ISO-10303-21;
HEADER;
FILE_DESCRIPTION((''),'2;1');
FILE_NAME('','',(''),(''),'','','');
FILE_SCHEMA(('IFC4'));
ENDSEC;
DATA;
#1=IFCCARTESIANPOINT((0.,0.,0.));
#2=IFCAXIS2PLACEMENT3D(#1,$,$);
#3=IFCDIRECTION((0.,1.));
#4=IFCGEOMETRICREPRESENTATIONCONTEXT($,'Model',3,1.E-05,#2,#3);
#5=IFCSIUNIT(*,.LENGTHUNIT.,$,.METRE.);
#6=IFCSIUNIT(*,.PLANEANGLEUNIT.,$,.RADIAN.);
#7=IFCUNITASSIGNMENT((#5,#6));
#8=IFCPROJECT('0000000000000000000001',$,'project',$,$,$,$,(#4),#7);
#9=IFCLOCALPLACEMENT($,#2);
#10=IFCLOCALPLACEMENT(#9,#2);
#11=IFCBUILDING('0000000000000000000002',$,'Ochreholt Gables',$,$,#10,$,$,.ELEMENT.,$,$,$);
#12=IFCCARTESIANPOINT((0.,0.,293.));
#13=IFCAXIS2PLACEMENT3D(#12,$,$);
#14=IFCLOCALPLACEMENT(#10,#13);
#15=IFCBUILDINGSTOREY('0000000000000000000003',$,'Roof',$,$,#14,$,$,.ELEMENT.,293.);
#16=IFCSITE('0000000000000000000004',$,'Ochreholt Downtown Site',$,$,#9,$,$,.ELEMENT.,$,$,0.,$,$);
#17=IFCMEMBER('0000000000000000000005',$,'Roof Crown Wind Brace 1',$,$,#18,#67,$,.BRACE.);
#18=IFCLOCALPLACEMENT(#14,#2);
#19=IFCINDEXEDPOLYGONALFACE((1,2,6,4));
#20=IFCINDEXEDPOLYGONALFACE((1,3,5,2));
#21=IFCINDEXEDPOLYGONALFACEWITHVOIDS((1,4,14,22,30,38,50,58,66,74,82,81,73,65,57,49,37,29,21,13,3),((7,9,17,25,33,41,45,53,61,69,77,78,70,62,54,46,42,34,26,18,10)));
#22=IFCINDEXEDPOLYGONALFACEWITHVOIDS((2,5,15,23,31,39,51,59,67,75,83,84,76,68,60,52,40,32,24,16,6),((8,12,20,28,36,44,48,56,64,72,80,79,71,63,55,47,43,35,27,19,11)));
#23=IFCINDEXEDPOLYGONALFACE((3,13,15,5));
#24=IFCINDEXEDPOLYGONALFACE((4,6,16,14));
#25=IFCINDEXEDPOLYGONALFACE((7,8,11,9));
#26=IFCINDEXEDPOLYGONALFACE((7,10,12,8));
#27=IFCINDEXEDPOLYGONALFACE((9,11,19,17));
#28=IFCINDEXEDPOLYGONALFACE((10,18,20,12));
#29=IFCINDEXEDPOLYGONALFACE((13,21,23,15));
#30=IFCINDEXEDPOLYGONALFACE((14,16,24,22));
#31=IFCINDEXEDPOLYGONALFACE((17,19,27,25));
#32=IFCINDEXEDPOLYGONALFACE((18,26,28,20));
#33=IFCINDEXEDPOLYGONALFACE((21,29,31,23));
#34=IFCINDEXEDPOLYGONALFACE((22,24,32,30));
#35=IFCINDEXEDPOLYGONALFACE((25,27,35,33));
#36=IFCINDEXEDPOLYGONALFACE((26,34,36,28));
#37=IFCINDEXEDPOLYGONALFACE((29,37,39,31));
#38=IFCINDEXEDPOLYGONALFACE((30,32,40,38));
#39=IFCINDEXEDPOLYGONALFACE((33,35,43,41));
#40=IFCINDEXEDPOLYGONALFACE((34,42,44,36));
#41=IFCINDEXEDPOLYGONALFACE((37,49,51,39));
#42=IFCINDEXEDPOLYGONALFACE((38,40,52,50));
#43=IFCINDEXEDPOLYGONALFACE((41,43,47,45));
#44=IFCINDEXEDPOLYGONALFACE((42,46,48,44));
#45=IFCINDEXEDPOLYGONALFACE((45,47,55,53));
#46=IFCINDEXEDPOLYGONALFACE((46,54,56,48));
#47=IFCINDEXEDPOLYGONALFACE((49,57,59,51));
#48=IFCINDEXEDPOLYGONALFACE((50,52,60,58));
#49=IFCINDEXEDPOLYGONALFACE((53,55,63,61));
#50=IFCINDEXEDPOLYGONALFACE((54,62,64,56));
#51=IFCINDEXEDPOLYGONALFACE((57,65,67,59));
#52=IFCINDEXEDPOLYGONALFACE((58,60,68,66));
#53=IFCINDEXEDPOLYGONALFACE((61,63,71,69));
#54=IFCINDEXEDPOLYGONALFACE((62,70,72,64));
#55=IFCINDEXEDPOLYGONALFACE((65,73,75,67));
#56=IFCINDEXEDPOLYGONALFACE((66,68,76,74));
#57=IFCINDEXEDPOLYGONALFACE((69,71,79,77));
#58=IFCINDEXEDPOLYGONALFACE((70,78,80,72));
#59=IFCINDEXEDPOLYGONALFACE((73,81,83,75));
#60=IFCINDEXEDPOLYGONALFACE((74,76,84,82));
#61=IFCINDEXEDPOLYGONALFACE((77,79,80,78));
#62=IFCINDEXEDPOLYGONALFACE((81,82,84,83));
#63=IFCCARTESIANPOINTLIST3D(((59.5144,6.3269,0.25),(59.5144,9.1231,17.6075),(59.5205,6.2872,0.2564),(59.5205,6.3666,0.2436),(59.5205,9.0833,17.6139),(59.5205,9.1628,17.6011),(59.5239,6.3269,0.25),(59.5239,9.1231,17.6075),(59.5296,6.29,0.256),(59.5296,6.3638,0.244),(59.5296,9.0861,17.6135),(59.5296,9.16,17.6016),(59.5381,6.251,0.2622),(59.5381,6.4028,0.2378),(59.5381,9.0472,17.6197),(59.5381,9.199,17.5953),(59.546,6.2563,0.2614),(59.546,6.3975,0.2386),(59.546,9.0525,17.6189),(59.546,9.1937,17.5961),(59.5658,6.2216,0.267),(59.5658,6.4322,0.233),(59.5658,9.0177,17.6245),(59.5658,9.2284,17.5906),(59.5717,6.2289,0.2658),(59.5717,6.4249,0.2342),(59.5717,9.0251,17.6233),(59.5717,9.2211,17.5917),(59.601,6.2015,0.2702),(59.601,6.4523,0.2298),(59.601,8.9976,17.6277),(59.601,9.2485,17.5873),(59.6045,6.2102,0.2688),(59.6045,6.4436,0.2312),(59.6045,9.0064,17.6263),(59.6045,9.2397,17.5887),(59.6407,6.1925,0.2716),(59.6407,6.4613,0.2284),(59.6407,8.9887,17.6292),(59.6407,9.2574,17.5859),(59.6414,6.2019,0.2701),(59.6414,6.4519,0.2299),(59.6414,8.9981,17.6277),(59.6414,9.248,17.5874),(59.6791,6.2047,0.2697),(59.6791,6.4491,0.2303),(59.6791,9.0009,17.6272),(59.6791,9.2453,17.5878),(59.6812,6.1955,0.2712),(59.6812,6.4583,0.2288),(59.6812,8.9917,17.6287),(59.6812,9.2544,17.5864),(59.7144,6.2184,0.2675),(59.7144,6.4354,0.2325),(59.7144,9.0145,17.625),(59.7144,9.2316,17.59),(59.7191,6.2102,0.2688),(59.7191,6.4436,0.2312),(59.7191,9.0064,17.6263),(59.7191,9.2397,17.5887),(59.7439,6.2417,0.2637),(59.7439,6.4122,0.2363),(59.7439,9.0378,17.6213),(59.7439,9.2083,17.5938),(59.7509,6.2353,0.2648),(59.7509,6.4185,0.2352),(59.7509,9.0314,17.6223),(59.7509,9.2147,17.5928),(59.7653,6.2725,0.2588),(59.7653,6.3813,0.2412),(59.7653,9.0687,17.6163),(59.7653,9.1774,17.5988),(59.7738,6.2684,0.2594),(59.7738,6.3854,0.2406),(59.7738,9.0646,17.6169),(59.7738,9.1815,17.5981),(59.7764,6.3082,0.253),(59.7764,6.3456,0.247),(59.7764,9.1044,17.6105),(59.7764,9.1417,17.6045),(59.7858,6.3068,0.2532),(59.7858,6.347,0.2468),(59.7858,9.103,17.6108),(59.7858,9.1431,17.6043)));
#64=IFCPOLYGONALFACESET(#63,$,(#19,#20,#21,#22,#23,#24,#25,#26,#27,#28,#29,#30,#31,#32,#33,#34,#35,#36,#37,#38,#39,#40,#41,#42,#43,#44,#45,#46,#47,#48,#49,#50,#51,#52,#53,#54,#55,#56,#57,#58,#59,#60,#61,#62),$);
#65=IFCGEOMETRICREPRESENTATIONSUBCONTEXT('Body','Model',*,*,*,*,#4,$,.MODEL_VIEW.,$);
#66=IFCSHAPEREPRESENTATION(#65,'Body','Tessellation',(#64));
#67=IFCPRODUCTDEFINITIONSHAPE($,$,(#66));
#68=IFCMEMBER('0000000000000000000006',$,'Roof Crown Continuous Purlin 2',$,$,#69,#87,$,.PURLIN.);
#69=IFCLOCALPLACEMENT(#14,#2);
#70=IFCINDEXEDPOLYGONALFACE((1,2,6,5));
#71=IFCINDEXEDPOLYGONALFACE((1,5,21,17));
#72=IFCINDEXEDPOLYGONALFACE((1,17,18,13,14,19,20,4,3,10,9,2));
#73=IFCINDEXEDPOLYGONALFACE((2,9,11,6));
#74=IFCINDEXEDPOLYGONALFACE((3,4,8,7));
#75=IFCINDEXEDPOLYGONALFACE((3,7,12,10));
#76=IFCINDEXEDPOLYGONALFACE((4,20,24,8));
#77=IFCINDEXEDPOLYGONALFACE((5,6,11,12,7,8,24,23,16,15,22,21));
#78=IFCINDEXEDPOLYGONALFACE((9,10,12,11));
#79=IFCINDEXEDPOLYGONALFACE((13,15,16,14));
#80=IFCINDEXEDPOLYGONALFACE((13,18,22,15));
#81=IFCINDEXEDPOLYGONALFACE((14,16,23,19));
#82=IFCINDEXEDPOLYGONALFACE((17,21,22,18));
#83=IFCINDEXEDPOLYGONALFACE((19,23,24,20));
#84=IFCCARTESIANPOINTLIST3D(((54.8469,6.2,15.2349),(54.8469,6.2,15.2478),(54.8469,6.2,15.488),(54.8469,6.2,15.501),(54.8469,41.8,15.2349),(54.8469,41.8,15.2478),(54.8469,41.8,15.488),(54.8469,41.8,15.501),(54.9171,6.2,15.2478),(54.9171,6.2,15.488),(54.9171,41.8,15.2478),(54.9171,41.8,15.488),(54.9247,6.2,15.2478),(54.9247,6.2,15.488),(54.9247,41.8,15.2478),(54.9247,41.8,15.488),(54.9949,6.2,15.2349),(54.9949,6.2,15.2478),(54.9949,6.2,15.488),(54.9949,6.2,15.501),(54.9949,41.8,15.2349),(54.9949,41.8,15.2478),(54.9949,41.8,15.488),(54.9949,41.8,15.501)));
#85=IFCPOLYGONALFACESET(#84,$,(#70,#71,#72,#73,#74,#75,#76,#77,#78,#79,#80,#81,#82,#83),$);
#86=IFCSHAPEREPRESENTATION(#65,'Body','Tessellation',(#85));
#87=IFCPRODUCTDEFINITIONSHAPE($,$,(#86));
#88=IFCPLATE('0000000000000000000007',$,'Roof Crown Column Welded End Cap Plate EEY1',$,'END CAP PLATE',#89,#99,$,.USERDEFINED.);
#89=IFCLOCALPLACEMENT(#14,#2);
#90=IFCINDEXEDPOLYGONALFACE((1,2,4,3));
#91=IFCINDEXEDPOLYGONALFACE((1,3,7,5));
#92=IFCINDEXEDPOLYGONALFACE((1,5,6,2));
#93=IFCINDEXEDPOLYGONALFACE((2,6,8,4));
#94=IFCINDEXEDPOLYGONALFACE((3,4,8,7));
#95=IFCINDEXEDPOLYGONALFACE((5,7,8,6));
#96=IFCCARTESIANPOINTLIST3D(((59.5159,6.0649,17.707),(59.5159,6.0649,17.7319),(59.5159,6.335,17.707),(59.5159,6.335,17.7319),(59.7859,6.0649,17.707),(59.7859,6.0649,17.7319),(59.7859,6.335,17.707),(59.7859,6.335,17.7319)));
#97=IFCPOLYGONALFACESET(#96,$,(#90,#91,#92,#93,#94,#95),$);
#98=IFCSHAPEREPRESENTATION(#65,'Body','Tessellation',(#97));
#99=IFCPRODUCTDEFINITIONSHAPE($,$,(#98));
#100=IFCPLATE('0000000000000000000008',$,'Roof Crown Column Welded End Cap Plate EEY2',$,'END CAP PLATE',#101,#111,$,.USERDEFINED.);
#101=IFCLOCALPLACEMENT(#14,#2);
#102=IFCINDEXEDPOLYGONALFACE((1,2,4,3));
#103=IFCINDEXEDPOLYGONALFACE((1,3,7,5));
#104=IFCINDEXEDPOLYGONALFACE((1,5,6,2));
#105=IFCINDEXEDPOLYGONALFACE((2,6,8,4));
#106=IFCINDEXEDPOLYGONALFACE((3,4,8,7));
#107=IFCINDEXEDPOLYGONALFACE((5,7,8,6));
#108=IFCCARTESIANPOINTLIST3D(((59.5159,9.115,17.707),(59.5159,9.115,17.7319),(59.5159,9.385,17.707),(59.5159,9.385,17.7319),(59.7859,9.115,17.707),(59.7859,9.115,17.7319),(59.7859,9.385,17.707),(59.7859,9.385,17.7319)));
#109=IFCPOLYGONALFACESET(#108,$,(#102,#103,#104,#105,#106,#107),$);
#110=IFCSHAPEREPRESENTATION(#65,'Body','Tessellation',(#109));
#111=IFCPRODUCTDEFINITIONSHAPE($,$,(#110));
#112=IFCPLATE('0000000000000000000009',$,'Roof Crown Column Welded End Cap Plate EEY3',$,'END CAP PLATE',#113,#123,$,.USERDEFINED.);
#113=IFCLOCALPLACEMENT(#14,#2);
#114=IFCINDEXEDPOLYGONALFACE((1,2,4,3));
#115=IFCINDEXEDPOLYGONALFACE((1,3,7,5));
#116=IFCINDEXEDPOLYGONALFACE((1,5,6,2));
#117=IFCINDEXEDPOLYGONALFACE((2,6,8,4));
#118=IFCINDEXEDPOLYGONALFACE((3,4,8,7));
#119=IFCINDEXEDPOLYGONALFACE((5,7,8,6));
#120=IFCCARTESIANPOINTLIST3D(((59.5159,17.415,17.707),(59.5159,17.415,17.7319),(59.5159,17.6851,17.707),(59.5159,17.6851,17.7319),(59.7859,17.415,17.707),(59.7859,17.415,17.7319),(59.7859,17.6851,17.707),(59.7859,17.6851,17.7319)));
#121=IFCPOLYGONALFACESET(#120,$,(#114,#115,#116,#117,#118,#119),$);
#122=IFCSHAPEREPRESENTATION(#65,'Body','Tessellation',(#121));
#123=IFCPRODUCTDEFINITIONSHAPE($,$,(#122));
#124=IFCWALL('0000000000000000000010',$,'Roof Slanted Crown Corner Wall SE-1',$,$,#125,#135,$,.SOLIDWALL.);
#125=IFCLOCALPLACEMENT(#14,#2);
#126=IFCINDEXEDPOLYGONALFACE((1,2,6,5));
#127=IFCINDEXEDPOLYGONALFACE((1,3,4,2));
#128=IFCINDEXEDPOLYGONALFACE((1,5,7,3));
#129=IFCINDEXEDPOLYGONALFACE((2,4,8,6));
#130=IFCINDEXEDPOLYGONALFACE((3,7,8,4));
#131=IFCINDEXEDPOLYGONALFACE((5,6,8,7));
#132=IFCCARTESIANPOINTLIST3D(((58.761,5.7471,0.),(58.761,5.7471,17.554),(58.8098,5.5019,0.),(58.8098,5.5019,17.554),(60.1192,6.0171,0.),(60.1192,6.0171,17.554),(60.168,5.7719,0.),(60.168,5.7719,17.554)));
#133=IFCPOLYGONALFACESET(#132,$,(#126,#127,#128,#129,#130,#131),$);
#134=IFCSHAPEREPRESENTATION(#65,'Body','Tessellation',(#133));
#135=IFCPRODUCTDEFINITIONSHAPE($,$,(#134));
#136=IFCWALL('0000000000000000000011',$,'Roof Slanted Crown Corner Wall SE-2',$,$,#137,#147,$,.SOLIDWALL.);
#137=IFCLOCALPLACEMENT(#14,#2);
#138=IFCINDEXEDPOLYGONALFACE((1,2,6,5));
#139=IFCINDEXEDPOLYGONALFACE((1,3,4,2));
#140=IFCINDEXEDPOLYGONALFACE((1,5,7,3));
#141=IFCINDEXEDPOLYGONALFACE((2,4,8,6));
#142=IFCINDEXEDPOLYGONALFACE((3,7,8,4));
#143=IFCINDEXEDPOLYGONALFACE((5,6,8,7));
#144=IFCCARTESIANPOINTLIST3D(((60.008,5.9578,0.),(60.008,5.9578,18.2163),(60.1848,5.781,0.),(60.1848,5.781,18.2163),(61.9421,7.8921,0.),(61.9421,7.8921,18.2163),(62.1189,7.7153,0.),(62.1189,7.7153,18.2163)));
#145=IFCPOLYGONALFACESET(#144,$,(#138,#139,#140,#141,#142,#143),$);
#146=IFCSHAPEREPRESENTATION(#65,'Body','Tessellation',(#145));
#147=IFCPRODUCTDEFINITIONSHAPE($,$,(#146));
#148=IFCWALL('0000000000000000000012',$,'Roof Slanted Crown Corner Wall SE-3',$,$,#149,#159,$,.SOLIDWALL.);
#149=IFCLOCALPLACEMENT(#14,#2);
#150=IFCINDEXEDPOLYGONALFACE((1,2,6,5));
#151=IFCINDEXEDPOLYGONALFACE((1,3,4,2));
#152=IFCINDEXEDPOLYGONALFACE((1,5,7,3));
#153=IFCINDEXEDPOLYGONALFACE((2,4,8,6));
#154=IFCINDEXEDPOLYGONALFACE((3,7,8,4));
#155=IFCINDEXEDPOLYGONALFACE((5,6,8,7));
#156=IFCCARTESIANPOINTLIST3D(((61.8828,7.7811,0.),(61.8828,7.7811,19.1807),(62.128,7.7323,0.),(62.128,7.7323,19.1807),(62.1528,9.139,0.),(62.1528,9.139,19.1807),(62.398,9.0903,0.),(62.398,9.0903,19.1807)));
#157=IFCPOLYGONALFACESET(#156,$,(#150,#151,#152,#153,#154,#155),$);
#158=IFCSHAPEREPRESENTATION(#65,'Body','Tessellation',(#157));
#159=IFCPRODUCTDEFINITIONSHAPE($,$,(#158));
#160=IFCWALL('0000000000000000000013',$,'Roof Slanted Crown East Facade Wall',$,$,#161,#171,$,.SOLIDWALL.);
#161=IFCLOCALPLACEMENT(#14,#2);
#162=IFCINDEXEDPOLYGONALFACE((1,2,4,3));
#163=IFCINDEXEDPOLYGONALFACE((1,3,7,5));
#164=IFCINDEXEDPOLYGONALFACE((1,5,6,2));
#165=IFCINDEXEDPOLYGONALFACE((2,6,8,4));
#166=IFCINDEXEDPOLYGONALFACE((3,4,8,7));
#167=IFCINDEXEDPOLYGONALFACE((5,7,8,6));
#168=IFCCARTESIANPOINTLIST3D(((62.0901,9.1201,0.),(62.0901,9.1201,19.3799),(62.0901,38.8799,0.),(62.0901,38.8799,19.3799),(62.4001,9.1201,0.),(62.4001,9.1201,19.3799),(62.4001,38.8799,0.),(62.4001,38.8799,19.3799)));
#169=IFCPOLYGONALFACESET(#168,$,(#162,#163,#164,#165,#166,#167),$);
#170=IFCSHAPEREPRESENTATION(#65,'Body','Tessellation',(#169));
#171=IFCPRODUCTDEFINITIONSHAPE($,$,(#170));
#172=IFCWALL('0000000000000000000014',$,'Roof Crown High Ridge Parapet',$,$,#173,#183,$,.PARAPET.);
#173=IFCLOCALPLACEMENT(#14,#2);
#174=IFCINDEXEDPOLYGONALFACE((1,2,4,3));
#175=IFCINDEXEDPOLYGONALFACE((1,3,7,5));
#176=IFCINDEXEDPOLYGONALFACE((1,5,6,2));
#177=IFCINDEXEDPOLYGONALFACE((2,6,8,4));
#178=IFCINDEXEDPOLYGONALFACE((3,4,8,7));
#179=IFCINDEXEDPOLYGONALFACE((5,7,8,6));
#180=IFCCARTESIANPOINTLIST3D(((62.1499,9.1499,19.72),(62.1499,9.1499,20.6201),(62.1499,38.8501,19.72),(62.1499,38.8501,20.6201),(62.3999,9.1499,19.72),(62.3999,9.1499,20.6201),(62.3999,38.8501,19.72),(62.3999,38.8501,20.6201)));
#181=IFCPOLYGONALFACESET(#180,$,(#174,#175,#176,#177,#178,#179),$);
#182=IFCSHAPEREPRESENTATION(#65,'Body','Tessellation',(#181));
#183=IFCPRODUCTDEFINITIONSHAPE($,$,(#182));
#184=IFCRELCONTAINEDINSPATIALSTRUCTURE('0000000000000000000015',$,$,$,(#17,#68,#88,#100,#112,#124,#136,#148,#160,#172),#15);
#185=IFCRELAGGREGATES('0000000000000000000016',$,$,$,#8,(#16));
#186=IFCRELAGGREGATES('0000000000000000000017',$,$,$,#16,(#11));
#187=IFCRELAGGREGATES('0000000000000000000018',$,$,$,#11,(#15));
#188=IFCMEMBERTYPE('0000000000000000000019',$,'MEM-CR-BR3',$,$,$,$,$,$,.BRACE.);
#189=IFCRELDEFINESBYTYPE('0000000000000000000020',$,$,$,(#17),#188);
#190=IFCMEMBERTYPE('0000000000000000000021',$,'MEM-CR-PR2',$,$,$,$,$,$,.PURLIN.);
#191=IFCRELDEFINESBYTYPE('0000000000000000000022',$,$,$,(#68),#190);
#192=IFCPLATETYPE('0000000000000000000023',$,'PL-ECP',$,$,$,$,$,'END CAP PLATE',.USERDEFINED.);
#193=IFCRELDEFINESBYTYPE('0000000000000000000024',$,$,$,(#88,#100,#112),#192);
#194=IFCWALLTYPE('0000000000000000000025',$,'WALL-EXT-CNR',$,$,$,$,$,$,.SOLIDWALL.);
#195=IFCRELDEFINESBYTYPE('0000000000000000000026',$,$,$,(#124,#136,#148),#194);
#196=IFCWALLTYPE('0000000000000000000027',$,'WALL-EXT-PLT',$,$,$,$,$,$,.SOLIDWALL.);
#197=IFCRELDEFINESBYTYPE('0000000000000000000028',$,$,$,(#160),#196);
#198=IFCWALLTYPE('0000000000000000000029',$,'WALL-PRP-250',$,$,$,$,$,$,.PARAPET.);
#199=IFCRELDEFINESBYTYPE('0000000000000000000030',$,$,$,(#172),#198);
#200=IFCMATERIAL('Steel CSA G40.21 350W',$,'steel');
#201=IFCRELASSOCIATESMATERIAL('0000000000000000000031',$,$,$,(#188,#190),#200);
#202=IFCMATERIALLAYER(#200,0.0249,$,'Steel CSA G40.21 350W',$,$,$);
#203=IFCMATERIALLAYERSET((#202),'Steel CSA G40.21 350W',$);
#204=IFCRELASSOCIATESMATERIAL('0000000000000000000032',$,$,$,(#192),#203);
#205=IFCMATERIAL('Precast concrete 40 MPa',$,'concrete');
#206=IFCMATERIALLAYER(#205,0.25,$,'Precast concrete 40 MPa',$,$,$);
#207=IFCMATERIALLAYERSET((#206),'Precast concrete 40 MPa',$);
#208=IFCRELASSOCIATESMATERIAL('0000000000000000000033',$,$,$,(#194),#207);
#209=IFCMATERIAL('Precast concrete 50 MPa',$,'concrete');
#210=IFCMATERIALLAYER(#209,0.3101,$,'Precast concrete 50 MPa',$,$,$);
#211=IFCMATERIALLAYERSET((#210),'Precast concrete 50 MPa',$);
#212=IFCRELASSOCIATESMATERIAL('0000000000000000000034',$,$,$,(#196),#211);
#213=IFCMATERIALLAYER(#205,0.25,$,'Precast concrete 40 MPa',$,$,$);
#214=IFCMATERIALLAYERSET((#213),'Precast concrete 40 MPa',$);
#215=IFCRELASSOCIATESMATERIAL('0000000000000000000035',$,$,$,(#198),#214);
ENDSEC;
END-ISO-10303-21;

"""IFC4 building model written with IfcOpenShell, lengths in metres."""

from ifc_helpers import new_model, si_unit, direction, frame, frame_2d, origin, origin_2d, place, context, subcontext, project, spatial, rectangle, hollow_circle, i_section, extrude, material, layer, layer_set, material_profile, profile_set, type_object, element, save


model = new_model("IFC4")

# Units and contexts
model_context = context("Model", 3, precision=1e-05, world=origin(), true_north=direction((0.0, 1.0)))
body_context = subcontext(model_context, "Body", "Model", "MODEL_VIEW")
ifc_project = project(units=[si_unit("LENGTHUNIT", "METRE"), si_unit("PLANEANGLEUNIT", "RADIAN")], contexts=[model_context])

# Site, building, storey
site_placement = place(None, origin())
site = spatial("IfcSite", under=ifc_project, at=site_placement, Name="Ochreholt Downtown Site", CompositionType="ELEMENT", RefElevation=0.0)
building_placement = place(site_placement, origin())
building = spatial("IfcBuilding", under=site, at=building_placement, Name="Ochreholt Gables", CompositionType="ELEMENT")
storey_placement = place(building_placement, frame((0.0, 0.0, 293.0)))
storey = spatial("IfcBuildingStorey", under=building, at=storey_placement, Name="Roof", CompositionType="ELEMENT", Elevation=293.0)

# Shared definitions
ifc_material_1 = material(Name="Steel CSA G40.21 350W", Category="steel")

# Members
ifc_material_profile_1 = material_profile(ifc_material_1, hollow_circle(Radius=0.1365, WallThickness=0.0095, at=origin_2d()), Name="CHS273X10")
ifc_profile_set_1 = profile_set([ifc_material_profile_1], Name="Steel CSA G40.21 350W")
member_type_1 = type_object("IfcMemberType", Name="MEM-CR-BR3", PredefinedType="BRACE", material=ifc_profile_set_1)
member_1_placement = place(storey_placement, frame((59.6509, 6.3269, 0.25), z_axis=(0.0, 0.159042, 0.987272), x_axis=(-1.0, 0.0, 0.0)))
element("IfcMember", 1, at=member_1_placement, inside=storey, type_object=member_type_1, Name="Roof Crown Wind Brace 1", PredefinedType="BRACE", context=body_context, shape_type="SweptSolid", body=[
    extrude(hollow_circle(Radius=0.1365, WallThickness=0.0095, at=origin_2d()), origin(), (0.0, 0.0, 1.0), 17.5813),
])
ifc_material_profile_2 = material_profile(ifc_material_1, i_section(OverallWidth=0.1479, OverallDepth=0.2661, WebThickness=0.0076, FlangeThickness=0.0129, at=origin_2d()), Name="W250X45")
ifc_profile_set_2 = profile_set([ifc_material_profile_2], Name="Steel CSA G40.21 350W")
member_type_2 = type_object("IfcMemberType", Name="MEM-CR-PR2", PredefinedType="PURLIN", material=ifc_profile_set_2)
member_2_placement = place(storey_placement, frame((54.9209, 6.2, 15.3679), z_axis=(0.0, 1.0, 0.0), x_axis=(-1.0, 0.0, 0.0)))
element("IfcMember", 2, at=member_2_placement, inside=storey, type_object=member_type_2, Name="Roof Crown Continuous Purlin 2", PredefinedType="PURLIN", context=body_context, shape_type="SweptSolid", body=[
    extrude(i_section(OverallWidth=0.1479, OverallDepth=0.2661, WebThickness=0.0076, FlangeThickness=0.0129, at=origin_2d()), origin(), (0.0, 0.0, 1.0), 35.6001),
])

# Plates
ifc_layer_1 = layer(ifc_material_1, 0.0249, Name="Steel CSA G40.21 350W")
ifc_layer_set_1 = layer_set([ifc_layer_1], Name="Steel CSA G40.21 350W")
plate_type = type_object("IfcPlateType", Name="PL-ECP", ElementType="END CAP PLATE", PredefinedType="USERDEFINED", material=ifc_layer_set_1)
for number, where, z_axis, x_axis, name in (
    (3, (59.6509, 6.2, 17.707), (0.0, 0.0, 1.0), (1.0, 0.0, 0.0), "Roof Crown Column Welded End Cap Plate EEY1"),
    (4, (59.6509, 9.25, 17.707), (0.0, 0.0, 1.0), (1.0, 0.0, 0.0), "Roof Crown Column Welded End Cap Plate EEY2"),
    (5, (59.6509, 17.55, 17.707), (0.0, 0.0, 1.0), (1.0, 0.0, 0.0), "Roof Crown Column Welded End Cap Plate EEY3"),
):
    element("IfcPlate", number, at=place(storey_placement, frame(where, z_axis=z_axis, x_axis=x_axis)), inside=storey, type_object=plate_type, Name=name, ObjectType="END CAP PLATE", PredefinedType="USERDEFINED", context=body_context, shape_type="SweptSolid", body=[
        extrude(rectangle(XDim=0.27, YDim=0.27, at=origin_2d()), origin(), (0.0, 0.0, 1.0), 0.0249),
    ])

# Walls
ifc_material_2 = material(Name="Precast concrete 40 MPa", Category="concrete")
ifc_layer_2 = layer(ifc_material_2, 0.25, Name="Precast concrete 40 MPa")
ifc_layer_set_2 = layer_set([ifc_layer_2], Name="Precast concrete 40 MPa")
wall_type_1 = type_object("IfcWallType", Name="WALL-EXT-CNR", PredefinedType="SOLIDWALL", material=ifc_layer_set_2)
wall_1_placement = place(storey_placement, frame((58.7854, 5.6245, 0.0), z_axis=(0.0, 0.0, 1.0), x_axis=(0.980804, 0.194997, 0.0)))
element("IfcWall", 6, at=wall_1_placement, inside=storey, type_object=wall_type_1, Name="Roof Slanted Crown Corner Wall SE-1", PredefinedType="SOLIDWALL", context=body_context, shape_type="SweptSolid", body=[
    extrude(rectangle(XDim=1.3848, YDim=0.25, at=frame_2d((0.6924, 0.0))), origin(), (0.0, 0.0, 1.0), 17.554),
])
wall_2_placement = place(storey_placement, frame((60.0964, 5.8694, 0.0), z_axis=(0.0, 0.0, 1.0), x_axis=(0.707062, 0.707151, 0.0)))
element("IfcWall", 7, at=wall_2_placement, inside=storey, type_object=wall_type_1, Name="Roof Slanted Crown Corner Wall SE-2", PredefinedType="SOLIDWALL", context=body_context, shape_type="SweptSolid", body=[
    extrude(rectangle(XDim=2.7354, YDim=0.25, at=frame_2d((1.3677, 0.0))), origin(), (0.0, 0.0, 1.0), 18.2163),
])
wall_3_placement = place(storey_placement, frame((62.0054, 7.7566, 0.0), z_axis=(0.0, 0.0, 1.0), x_axis=(0.195031, 0.980797, 0.0)))
element("IfcWall", 8, at=wall_3_placement, inside=storey, type_object=wall_type_1, Name="Roof Slanted Crown Corner Wall SE-3", PredefinedType="SOLIDWALL", context=body_context, shape_type="SweptSolid", body=[
    extrude(rectangle(XDim=1.3845, YDim=0.25, at=frame_2d((0.6924, 0.0))), origin(), (0.0, 0.0, 1.0), 19.1807),
])
ifc_material_3 = material(Name="Precast concrete 50 MPa", Category="concrete")
ifc_layer_3 = layer(ifc_material_3, 0.3101, Name="Precast concrete 50 MPa")
ifc_layer_set_3 = layer_set([ifc_layer_3], Name="Precast concrete 50 MPa")
wall_type_2 = type_object("IfcWallType", Name="WALL-EXT-PLT", PredefinedType="SOLIDWALL", material=ifc_layer_set_3)
wall_4_placement = place(storey_placement, frame((62.2451, 9.1201, 0.0), z_axis=(0.0, 0.0, 1.0), x_axis=(0.0, 1.0, 0.0)))
element("IfcWall", 9, at=wall_4_placement, inside=storey, type_object=wall_type_2, Name="Roof Slanted Crown East Facade Wall", PredefinedType="SOLIDWALL", context=body_context, shape_type="SweptSolid", body=[
    extrude(rectangle(XDim=29.7598, YDim=0.3101, at=frame_2d((14.8799, 0.0))), origin(), (0.0, 0.0, 1.0), 19.3799),
])
ifc_layer_4 = layer(ifc_material_2, 0.25, Name="Precast concrete 40 MPa")
ifc_layer_set_4 = layer_set([ifc_layer_4], Name="Precast concrete 40 MPa")
wall_type_3 = type_object("IfcWallType", Name="WALL-PRP-250", PredefinedType="PARAPET", material=ifc_layer_set_4)
wall_5_placement = place(storey_placement, frame((62.2749, 9.1499, 19.72), z_axis=(0.0, 0.0, 1.0), x_axis=(0.0, 1.0, 0.0)))
element("IfcWall", 10, at=wall_5_placement, inside=storey, type_object=wall_type_3, Name="Roof Crown High Ridge Parapet", PredefinedType="PARAPET", context=body_context, shape_type="SweptSolid", body=[
    extrude(rectangle(XDim=29.7002, YDim=0.25, at=frame_2d((14.8501, 0.0))), origin(), (0.0, 0.0, 1.0), 0.9001),
])

save(model, "model.ifc")
